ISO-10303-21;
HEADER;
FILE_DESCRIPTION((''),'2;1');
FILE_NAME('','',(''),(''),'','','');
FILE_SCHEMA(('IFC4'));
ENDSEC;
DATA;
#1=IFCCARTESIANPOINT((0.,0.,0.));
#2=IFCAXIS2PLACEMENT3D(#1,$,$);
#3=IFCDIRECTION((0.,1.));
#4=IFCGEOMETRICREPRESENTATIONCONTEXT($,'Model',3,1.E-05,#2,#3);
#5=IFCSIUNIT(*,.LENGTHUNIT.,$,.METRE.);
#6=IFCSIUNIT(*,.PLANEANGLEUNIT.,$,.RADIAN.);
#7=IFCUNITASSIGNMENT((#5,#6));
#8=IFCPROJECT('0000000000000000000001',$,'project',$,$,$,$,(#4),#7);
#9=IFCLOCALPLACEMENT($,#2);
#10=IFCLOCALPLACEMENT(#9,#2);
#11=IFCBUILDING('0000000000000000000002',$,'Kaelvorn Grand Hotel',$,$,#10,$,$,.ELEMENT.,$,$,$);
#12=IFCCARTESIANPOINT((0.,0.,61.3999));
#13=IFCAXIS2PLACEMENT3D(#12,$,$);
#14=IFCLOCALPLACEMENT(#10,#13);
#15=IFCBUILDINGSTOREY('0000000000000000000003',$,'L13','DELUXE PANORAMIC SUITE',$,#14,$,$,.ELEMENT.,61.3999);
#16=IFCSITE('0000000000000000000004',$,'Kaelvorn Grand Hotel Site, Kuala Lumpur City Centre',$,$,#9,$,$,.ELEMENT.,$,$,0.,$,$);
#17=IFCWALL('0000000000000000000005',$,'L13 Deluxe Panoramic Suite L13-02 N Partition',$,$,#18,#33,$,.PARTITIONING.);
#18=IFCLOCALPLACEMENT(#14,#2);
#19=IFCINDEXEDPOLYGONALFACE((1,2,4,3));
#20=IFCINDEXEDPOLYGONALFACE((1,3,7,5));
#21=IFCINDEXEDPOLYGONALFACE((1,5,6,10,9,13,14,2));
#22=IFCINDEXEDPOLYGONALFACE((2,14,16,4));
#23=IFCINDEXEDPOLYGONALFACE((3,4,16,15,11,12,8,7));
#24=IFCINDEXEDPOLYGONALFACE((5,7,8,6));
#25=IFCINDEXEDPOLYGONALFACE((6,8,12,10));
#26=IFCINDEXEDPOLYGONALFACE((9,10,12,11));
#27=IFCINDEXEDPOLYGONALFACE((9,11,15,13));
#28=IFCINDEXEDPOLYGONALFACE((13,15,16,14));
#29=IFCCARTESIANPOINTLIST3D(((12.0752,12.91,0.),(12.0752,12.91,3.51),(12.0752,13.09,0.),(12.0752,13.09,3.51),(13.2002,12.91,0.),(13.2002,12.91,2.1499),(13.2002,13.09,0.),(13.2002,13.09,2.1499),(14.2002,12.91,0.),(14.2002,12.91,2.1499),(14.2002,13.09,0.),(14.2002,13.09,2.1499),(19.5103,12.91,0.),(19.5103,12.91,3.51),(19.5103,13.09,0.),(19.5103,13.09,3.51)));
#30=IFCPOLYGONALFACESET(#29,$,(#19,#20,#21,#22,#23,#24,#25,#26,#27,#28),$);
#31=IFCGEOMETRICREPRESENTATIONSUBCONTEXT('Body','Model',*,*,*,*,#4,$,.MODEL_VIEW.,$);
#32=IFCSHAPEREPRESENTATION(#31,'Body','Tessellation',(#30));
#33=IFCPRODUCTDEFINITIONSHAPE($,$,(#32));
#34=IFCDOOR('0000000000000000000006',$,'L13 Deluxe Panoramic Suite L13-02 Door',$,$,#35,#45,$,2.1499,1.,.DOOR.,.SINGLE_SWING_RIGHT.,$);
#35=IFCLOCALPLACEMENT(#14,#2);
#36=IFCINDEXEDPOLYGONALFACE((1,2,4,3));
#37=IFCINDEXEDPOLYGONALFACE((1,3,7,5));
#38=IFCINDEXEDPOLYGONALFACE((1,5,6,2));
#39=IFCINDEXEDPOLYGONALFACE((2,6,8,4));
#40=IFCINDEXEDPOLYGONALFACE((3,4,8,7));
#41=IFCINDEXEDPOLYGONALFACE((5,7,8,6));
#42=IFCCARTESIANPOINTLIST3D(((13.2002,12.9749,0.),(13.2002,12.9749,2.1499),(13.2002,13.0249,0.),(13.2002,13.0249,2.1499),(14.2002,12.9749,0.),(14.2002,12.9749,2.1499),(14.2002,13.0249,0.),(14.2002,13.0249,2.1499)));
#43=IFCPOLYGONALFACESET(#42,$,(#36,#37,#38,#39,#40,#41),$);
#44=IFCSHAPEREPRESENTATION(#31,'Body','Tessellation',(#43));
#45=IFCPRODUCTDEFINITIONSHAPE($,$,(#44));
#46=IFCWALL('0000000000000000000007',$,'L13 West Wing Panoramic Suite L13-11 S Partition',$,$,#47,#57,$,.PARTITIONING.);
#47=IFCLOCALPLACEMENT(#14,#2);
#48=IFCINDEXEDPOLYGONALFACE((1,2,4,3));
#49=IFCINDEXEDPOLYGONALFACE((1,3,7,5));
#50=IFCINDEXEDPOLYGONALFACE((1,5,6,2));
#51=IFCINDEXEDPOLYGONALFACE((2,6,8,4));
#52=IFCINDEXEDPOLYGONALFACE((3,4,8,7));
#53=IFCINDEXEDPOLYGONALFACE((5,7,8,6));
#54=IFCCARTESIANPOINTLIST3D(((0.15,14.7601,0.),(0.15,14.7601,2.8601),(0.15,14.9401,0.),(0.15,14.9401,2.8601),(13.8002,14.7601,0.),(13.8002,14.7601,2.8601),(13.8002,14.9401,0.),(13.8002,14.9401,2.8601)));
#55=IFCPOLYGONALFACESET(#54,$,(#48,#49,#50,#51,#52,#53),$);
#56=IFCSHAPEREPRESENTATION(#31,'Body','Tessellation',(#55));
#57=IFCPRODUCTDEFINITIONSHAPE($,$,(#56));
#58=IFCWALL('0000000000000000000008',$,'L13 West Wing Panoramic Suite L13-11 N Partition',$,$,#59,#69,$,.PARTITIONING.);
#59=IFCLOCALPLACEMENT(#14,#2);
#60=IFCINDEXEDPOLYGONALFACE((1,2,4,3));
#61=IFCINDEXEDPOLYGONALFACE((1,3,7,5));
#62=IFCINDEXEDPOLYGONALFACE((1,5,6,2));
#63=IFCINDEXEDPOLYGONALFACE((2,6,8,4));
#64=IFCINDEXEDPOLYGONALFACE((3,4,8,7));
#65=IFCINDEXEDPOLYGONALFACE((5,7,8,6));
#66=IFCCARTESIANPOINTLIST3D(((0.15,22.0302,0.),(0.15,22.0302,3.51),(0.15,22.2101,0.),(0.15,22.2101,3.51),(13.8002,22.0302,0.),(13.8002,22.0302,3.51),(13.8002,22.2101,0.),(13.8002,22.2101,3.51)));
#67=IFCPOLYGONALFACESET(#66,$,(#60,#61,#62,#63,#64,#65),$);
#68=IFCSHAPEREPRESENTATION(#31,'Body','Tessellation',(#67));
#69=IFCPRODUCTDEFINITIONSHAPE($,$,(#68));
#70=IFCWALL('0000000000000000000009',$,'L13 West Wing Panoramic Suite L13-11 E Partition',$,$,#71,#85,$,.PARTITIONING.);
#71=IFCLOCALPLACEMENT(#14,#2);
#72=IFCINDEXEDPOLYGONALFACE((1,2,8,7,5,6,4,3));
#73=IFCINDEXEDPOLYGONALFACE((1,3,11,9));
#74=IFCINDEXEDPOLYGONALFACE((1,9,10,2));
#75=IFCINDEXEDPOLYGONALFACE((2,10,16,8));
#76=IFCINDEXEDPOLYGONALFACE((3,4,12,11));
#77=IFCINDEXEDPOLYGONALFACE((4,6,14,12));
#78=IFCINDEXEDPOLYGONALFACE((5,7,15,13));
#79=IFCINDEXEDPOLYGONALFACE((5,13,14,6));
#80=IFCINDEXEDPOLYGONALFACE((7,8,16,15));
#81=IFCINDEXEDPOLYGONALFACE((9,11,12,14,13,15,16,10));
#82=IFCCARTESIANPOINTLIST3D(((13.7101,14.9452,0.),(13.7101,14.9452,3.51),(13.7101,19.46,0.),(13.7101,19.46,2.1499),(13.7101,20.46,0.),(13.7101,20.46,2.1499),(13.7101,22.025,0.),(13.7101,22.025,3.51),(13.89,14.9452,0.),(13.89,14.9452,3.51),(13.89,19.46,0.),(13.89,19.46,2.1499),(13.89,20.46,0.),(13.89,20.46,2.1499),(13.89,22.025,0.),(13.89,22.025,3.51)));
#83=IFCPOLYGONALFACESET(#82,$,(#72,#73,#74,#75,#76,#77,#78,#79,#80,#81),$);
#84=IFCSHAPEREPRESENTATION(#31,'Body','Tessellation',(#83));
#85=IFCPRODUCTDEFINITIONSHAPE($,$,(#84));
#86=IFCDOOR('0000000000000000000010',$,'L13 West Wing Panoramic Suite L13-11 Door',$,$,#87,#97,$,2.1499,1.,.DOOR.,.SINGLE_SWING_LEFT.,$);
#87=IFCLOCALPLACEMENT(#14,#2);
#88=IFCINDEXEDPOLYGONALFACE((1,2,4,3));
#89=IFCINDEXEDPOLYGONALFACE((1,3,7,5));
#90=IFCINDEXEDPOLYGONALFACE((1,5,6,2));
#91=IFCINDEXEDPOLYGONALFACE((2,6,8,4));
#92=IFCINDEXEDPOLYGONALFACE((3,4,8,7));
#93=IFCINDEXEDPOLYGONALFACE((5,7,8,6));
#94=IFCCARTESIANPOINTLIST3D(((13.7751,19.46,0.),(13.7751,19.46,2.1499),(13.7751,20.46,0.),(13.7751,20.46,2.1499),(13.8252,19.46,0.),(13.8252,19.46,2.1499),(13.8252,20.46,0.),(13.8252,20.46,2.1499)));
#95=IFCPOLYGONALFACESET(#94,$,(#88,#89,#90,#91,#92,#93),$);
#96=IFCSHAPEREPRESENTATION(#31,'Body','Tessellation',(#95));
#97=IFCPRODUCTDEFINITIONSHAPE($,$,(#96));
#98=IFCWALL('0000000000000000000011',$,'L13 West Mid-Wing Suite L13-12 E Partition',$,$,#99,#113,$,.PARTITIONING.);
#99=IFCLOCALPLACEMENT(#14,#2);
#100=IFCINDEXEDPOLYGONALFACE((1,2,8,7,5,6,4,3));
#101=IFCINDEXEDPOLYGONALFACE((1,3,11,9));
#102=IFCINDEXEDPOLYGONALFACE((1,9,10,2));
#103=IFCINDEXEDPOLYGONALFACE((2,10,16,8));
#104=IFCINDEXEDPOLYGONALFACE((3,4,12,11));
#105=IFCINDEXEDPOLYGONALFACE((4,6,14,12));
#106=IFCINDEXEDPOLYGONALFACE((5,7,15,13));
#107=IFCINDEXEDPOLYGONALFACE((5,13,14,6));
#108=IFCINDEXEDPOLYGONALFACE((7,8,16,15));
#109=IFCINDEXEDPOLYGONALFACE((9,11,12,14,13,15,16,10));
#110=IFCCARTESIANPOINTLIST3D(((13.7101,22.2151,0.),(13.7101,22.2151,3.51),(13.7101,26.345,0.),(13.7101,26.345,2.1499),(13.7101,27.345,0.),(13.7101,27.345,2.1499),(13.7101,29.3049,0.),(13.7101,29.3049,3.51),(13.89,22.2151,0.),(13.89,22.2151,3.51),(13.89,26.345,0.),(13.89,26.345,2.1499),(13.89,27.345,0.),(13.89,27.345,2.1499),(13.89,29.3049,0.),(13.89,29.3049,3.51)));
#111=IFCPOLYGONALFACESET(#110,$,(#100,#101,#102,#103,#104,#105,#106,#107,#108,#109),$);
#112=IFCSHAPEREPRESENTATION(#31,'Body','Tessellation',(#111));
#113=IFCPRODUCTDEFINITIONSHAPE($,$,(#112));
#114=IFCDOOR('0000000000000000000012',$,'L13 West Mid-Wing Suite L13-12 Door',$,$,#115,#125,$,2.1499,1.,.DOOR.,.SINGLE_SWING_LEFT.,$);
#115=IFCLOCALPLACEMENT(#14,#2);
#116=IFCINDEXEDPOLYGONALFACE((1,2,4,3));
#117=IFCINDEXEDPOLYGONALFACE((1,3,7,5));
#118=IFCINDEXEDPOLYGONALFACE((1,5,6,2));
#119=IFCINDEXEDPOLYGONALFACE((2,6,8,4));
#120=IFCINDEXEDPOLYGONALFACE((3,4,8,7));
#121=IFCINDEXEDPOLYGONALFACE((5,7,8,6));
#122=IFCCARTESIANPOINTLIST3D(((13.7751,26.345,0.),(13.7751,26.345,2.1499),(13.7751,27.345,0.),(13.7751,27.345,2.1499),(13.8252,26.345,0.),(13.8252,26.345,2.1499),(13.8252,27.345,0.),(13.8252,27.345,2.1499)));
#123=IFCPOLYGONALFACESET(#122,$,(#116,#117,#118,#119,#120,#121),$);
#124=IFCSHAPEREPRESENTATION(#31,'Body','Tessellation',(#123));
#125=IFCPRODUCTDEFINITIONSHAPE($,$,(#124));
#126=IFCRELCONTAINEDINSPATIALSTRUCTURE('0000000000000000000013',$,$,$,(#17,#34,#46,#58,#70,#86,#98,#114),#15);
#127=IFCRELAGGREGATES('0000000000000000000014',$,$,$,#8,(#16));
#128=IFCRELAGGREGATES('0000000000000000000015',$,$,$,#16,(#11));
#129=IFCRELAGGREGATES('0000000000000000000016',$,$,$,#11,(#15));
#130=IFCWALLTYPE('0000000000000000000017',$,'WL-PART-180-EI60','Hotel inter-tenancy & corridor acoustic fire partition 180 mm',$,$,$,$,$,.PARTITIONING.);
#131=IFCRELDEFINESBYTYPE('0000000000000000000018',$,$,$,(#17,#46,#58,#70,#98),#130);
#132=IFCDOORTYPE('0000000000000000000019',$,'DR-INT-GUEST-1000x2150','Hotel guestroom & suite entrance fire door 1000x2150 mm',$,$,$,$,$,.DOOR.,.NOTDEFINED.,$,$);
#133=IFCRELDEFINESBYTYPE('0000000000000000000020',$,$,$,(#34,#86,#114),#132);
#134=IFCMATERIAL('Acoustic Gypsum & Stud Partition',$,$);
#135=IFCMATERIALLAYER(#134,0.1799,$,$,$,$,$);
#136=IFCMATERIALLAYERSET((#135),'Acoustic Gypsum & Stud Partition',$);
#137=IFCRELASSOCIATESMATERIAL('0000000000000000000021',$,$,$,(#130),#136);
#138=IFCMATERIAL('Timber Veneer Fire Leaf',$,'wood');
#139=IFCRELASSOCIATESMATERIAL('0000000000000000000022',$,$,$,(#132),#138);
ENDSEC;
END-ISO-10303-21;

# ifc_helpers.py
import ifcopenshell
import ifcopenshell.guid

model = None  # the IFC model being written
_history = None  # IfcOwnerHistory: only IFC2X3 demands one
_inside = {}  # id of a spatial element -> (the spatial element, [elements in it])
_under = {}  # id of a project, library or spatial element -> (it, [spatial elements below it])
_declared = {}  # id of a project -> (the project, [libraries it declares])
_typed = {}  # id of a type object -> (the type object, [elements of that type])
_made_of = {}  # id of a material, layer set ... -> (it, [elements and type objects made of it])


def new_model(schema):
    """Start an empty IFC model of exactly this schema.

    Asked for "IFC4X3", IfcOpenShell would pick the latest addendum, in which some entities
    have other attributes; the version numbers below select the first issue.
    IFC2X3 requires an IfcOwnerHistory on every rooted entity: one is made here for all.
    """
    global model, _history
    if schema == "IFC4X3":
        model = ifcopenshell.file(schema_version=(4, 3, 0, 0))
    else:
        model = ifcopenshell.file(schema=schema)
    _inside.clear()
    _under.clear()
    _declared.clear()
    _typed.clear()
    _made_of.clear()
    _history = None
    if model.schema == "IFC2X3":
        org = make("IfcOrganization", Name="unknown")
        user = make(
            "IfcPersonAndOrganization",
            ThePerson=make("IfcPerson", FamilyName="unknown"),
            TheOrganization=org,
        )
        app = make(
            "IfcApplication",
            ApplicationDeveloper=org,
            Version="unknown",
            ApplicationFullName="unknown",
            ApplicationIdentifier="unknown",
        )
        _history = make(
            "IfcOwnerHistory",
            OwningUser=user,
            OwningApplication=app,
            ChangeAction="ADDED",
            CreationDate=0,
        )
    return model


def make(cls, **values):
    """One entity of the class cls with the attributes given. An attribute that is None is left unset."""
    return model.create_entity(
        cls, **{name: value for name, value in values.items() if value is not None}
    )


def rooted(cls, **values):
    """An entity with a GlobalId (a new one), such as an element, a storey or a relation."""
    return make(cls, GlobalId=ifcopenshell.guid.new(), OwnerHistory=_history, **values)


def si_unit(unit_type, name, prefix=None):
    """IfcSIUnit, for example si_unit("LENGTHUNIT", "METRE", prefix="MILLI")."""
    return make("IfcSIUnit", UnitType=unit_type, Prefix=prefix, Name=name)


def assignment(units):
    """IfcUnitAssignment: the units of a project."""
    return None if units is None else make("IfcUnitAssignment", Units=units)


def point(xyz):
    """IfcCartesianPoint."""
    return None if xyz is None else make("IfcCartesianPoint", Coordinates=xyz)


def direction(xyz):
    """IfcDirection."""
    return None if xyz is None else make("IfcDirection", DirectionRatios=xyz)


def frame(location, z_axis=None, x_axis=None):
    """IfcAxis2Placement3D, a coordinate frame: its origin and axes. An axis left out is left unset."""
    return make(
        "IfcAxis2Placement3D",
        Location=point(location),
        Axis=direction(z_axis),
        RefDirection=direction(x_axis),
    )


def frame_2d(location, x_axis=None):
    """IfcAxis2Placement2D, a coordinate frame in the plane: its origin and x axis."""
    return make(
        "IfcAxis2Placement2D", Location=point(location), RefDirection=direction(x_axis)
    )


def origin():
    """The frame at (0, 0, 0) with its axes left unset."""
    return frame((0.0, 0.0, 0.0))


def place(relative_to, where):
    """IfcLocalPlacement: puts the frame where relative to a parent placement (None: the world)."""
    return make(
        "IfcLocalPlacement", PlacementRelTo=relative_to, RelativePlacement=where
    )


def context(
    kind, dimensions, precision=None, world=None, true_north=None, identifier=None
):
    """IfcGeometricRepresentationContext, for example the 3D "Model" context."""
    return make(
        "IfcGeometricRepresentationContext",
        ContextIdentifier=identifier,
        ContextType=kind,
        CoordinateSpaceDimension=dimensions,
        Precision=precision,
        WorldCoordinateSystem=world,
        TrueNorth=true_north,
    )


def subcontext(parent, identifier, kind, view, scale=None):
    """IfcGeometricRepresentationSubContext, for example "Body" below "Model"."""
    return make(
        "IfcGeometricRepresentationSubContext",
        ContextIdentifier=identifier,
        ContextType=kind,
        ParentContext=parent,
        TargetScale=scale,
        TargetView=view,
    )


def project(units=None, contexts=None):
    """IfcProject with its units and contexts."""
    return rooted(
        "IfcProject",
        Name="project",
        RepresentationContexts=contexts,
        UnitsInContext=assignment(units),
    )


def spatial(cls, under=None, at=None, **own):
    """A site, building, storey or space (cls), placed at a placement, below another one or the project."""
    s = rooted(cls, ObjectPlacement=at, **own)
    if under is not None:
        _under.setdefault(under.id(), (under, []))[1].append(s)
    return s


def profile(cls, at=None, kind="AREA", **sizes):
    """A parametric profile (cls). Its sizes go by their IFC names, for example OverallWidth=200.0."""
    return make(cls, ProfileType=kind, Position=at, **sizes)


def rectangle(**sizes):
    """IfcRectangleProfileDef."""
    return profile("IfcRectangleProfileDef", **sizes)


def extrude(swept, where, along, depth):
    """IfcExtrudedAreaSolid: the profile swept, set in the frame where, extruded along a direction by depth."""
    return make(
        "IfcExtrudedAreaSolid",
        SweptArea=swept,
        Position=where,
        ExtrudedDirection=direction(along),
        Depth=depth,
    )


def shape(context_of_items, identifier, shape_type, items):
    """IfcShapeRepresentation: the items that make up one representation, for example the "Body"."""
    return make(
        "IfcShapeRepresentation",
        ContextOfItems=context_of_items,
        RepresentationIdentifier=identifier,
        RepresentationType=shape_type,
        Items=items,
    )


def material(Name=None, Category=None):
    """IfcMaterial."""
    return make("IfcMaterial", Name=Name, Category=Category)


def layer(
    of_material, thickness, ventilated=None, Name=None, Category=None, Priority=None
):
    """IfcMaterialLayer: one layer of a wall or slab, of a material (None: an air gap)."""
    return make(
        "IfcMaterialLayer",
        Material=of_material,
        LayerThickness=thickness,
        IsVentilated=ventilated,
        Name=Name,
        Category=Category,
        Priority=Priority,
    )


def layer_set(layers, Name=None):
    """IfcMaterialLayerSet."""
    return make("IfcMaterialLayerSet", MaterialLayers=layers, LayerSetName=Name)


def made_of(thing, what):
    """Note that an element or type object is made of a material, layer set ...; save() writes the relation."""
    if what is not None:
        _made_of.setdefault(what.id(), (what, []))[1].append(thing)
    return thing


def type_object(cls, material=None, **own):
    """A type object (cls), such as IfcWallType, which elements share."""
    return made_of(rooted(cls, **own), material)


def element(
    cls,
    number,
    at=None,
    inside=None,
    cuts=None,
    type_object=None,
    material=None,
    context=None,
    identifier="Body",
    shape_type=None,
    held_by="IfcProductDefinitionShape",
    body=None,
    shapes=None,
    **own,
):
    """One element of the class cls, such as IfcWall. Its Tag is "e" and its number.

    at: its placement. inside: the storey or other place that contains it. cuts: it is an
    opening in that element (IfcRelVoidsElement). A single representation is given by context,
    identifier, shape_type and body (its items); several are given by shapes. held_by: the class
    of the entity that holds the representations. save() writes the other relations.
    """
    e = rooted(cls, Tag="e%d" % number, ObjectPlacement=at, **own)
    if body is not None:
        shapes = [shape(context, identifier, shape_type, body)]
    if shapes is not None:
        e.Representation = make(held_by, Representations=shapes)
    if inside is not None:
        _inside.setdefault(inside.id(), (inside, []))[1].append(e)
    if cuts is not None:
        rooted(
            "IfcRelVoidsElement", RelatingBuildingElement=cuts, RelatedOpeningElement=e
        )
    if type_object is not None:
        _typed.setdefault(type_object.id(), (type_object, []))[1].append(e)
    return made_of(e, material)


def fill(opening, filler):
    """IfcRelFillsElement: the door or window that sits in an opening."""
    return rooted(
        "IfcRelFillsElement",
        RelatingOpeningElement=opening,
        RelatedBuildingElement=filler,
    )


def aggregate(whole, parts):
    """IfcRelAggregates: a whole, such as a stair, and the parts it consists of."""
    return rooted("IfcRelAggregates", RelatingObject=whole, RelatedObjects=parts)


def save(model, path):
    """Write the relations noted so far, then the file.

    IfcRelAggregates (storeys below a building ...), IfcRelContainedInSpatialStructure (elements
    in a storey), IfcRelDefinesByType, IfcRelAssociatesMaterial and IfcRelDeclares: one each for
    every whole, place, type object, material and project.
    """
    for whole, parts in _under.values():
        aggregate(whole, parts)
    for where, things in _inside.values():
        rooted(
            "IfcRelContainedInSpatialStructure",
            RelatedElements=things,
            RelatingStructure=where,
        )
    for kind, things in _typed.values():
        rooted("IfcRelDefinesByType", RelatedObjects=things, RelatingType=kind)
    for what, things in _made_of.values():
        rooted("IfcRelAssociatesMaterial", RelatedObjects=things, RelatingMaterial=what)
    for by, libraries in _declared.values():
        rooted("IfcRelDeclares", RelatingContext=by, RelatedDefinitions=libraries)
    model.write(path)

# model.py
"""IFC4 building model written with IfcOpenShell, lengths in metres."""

from ifc_helpers import new_model, si_unit, direction, frame, frame_2d, origin, place, context, subcontext, project, spatial, rectangle, extrude, material, layer, layer_set, type_object, element, fill, save


model = new_model("IFC4")

# Units and contexts
model_context = context("Model", 3, precision=1e-05, world=origin(), true_north=direction((0.0, 1.0)))
body_context = subcontext(model_context, "Body", "Model", "MODEL_VIEW")
ifc_project = project(units=[si_unit("LENGTHUNIT", "METRE"), si_unit("PLANEANGLEUNIT", "RADIAN")], contexts=[model_context])

# Site, building, storey
site_placement = place(None, origin())
site = spatial("IfcSite", under=ifc_project, at=site_placement, Name="Kaelvorn Grand Hotel Site, Kuala Lumpur City Centre", CompositionType="ELEMENT", RefElevation=0.0)
building_placement = place(site_placement, origin())
building = spatial("IfcBuilding", under=site, at=building_placement, Name="Kaelvorn Grand Hotel", CompositionType="ELEMENT")
storey_placement = place(building_placement, frame((0.0, 0.0, 61.3999)))
storey = spatial("IfcBuildingStorey", under=building, at=storey_placement, Name="L13", Description="DELUXE PANORAMIC SUITE", CompositionType="ELEMENT", Elevation=61.3999)

# Wall, opening, door
ifc_material_1 = material(Name="Acoustic Gypsum & Stud Partition")
ifc_layer_1 = layer(ifc_material_1, 0.1799)
ifc_layer_set_1 = layer_set([ifc_layer_1], Name="Acoustic Gypsum & Stud Partition")
wall_type_1 = type_object("IfcWallType", Name="WL-PART-180-EI60", Description="Hotel inter-tenancy & corridor acoustic fire partition 180 mm", PredefinedType="PARTITIONING", material=ifc_layer_set_1)
ifc_material_2 = material(Name="Timber Veneer Fire Leaf", Category="wood")
door_type_1 = type_object("IfcDoorType", Name="DR-INT-GUEST-1000x2150", Description="Hotel guestroom & suite entrance fire door 1000x2150 mm", OperationType="NOTDEFINED", PredefinedType="DOOR", material=ifc_material_2)
wall_1_placement = place(storey_placement, frame((12.0752, 13.0, 0.0), z_axis=(0.0, 0.0, 1.0), x_axis=(1.0, 0.0, 0.0)))
wall_1 = element("IfcWall", 1, at=wall_1_placement, inside=storey, type_object=wall_type_1, Name="L13 Deluxe Panoramic Suite L13-02 N Partition", PredefinedType="PARTITIONING", context=body_context, shape_type="SweptSolid", body=[
    extrude(rectangle(XDim=7.4351, YDim=0.1799, at=frame_2d((3.7175, 0.0))), origin(), (0.0, 0.0, 1.0), 3.51),
])
opening_1_placement = place(wall_1_placement, frame((1.125, 0.0, 0.0)))
opening_1 = element("IfcOpeningElement", 2, at=opening_1_placement, cuts=wall_1, PredefinedType="OPENING", context=body_context, shape_type="SweptSolid", body=[
    extrude(rectangle(XDim=1.0, YDim=2.1499, at=frame_2d((0.5, 1.075))), frame((0.0, 0.1001, 0.0), z_axis=(0.0, -1.0, 0.0), x_axis=(1.0, 0.0, 0.0)), (0.0, 0.0, 1.0), 0.2),
])
door_1_placement = place(opening_1_placement, origin())
door_1 = element("IfcDoor", 3, at=door_1_placement, inside=storey, type_object=door_type_1, Name="L13 Deluxe Panoramic Suite L13-02 Door", OperationType="SINGLE_SWING_RIGHT", OverallHeight=2.1499, OverallWidth=1.0, PredefinedType="DOOR", context=body_context, shape_type="SweptSolid", body=[
    extrude(rectangle(XDim=1.0, YDim=2.1499, at=frame_2d((0.5, 1.075))), frame((0.0, 0.0249, 0.0), z_axis=(0.0, -1.0, 0.0), x_axis=(1.0, 0.0, 0.0)), (0.0, 0.0, 1.0), 0.05),
])
fill(opening_1, door_1)

# Walls
wall_2_placement = place(storey_placement, frame((0.1499, 14.8501, 0.0), z_axis=(0.0, 0.0, 1.0), x_axis=(1.0, 0.0, 0.0)))
element("IfcWall", 4, at=wall_2_placement, inside=storey, type_object=wall_type_1, Name="L13 West Wing Panoramic Suite L13-11 S Partition", PredefinedType="PARTITIONING", context=body_context, shape_type="SweptSolid", body=[
    extrude(rectangle(XDim=13.6501, YDim=0.1799, at=frame_2d((6.8252, 0.0))), origin(), (0.0, 0.0, 1.0), 2.8601),
])
wall_3_placement = place(storey_placement, frame((0.1499, 22.1201, 0.0), z_axis=(0.0, 0.0, 1.0), x_axis=(1.0, 0.0, 0.0)))
element("IfcWall", 5, at=wall_3_placement, inside=storey, type_object=wall_type_1, Name="L13 West Wing Panoramic Suite L13-11 N Partition", PredefinedType="PARTITIONING", context=body_context, shape_type="SweptSolid", body=[
    extrude(rectangle(XDim=13.6501, YDim=0.1799, at=frame_2d((6.8252, 0.0))), origin(), (0.0, 0.0, 1.0), 3.51),
])

# Walls, openings, doors
wall_4_placement = place(storey_placement, frame((13.8, 14.9451, 0.0), z_axis=(0.0, 0.0, 1.0), x_axis=(0.0, 1.0, 0.0)))
wall_4 = element("IfcWall", 6, at=wall_4_placement, inside=storey, type_object=wall_type_1, Name="L13 West Wing Panoramic Suite L13-11 E Partition", PredefinedType="PARTITIONING", context=body_context, shape_type="SweptSolid", body=[
    extrude(rectangle(XDim=7.0798, YDim=0.1799, at=frame_2d((3.54, 0.0))), origin(), (0.0, 0.0, 1.0), 3.51),
])
opening_2_placement = place(wall_4_placement, frame((4.5149, 0.0, 0.0)))
opening_2 = element("IfcOpeningElement", 7, at=opening_2_placement, cuts=wall_4, PredefinedType="OPENING", context=body_context, shape_type="SweptSolid", body=[
    extrude(rectangle(XDim=1.0, YDim=2.1499, at=frame_2d((0.5, 1.075))), frame((0.0, 0.1001, 0.0), z_axis=(0.0, -1.0, 0.0), x_axis=(1.0, 0.0, 0.0)), (0.0, 0.0, 1.0), 0.2),
])
door_2_placement = place(opening_2_placement, origin())
door_2 = element("IfcDoor", 8, at=door_2_placement, inside=storey, type_object=door_type_1, Name="L13 West Wing Panoramic Suite L13-11 Door", OperationType="SINGLE_SWING_LEFT", OverallHeight=2.1499, OverallWidth=1.0, PredefinedType="DOOR", context=body_context, shape_type="SweptSolid", body=[
    extrude(rectangle(XDim=1.0, YDim=2.1499, at=frame_2d((0.5, 1.075))), frame((0.0, 0.0249, 0.0), z_axis=(0.0, -1.0, 0.0), x_axis=(1.0, 0.0, 0.0)), (0.0, 0.0, 1.0), 0.05),
])
fill(opening_2, door_2)
wall_5_placement = place(storey_placement, frame((13.8, 22.2151, 0.0), z_axis=(0.0, 0.0, 1.0), x_axis=(0.0, 1.0, 0.0)))
wall_5 = element("IfcWall", 9, at=wall_5_placement, inside=storey, type_object=wall_type_1, Name="L13 West Mid-Wing Suite L13-12 E Partition", PredefinedType="PARTITIONING", context=body_context, shape_type="SweptSolid", body=[
    extrude(rectangle(XDim=7.0898, YDim=0.1799, at=frame_2d((3.5449, 0.0))), origin(), (0.0, 0.0, 1.0), 3.51),
])
opening_3_placement = place(wall_5_placement, frame((4.1299, 0.0, 0.0)))
opening_3 = element("IfcOpeningElement", 10, at=opening_3_placement, cuts=wall_5, PredefinedType="OPENING", context=body_context, shape_type="SweptSolid", body=[
    extrude(rectangle(XDim=1.0, YDim=2.1499, at=frame_2d((0.5, 1.075))), frame((0.0, 0.1001, 0.0), z_axis=(0.0, -1.0, 0.0), x_axis=(1.0, 0.0, 0.0)), (0.0, 0.0, 1.0), 0.2),
])
door_3_placement = place(opening_3_placement, origin())
door_3 = element("IfcDoor", 11, at=door_3_placement, inside=storey, type_object=door_type_1, Name="L13 West Mid-Wing Suite L13-12 Door", OperationType="SINGLE_SWING_LEFT", OverallHeight=2.1499, OverallWidth=1.0, PredefinedType="DOOR", context=body_context, shape_type="SweptSolid", body=[
    extrude(rectangle(XDim=1.0, YDim=2.1499, at=frame_2d((0.5, 1.075))), frame((0.0, 0.0249, 0.0), z_axis=(0.0, -1.0, 0.0), x_axis=(1.0, 0.0, 0.0)), (0.0, 0.0, 1.0), 0.05),
])
fill(opening_3, door_3)

save(model, "model.ifc")
